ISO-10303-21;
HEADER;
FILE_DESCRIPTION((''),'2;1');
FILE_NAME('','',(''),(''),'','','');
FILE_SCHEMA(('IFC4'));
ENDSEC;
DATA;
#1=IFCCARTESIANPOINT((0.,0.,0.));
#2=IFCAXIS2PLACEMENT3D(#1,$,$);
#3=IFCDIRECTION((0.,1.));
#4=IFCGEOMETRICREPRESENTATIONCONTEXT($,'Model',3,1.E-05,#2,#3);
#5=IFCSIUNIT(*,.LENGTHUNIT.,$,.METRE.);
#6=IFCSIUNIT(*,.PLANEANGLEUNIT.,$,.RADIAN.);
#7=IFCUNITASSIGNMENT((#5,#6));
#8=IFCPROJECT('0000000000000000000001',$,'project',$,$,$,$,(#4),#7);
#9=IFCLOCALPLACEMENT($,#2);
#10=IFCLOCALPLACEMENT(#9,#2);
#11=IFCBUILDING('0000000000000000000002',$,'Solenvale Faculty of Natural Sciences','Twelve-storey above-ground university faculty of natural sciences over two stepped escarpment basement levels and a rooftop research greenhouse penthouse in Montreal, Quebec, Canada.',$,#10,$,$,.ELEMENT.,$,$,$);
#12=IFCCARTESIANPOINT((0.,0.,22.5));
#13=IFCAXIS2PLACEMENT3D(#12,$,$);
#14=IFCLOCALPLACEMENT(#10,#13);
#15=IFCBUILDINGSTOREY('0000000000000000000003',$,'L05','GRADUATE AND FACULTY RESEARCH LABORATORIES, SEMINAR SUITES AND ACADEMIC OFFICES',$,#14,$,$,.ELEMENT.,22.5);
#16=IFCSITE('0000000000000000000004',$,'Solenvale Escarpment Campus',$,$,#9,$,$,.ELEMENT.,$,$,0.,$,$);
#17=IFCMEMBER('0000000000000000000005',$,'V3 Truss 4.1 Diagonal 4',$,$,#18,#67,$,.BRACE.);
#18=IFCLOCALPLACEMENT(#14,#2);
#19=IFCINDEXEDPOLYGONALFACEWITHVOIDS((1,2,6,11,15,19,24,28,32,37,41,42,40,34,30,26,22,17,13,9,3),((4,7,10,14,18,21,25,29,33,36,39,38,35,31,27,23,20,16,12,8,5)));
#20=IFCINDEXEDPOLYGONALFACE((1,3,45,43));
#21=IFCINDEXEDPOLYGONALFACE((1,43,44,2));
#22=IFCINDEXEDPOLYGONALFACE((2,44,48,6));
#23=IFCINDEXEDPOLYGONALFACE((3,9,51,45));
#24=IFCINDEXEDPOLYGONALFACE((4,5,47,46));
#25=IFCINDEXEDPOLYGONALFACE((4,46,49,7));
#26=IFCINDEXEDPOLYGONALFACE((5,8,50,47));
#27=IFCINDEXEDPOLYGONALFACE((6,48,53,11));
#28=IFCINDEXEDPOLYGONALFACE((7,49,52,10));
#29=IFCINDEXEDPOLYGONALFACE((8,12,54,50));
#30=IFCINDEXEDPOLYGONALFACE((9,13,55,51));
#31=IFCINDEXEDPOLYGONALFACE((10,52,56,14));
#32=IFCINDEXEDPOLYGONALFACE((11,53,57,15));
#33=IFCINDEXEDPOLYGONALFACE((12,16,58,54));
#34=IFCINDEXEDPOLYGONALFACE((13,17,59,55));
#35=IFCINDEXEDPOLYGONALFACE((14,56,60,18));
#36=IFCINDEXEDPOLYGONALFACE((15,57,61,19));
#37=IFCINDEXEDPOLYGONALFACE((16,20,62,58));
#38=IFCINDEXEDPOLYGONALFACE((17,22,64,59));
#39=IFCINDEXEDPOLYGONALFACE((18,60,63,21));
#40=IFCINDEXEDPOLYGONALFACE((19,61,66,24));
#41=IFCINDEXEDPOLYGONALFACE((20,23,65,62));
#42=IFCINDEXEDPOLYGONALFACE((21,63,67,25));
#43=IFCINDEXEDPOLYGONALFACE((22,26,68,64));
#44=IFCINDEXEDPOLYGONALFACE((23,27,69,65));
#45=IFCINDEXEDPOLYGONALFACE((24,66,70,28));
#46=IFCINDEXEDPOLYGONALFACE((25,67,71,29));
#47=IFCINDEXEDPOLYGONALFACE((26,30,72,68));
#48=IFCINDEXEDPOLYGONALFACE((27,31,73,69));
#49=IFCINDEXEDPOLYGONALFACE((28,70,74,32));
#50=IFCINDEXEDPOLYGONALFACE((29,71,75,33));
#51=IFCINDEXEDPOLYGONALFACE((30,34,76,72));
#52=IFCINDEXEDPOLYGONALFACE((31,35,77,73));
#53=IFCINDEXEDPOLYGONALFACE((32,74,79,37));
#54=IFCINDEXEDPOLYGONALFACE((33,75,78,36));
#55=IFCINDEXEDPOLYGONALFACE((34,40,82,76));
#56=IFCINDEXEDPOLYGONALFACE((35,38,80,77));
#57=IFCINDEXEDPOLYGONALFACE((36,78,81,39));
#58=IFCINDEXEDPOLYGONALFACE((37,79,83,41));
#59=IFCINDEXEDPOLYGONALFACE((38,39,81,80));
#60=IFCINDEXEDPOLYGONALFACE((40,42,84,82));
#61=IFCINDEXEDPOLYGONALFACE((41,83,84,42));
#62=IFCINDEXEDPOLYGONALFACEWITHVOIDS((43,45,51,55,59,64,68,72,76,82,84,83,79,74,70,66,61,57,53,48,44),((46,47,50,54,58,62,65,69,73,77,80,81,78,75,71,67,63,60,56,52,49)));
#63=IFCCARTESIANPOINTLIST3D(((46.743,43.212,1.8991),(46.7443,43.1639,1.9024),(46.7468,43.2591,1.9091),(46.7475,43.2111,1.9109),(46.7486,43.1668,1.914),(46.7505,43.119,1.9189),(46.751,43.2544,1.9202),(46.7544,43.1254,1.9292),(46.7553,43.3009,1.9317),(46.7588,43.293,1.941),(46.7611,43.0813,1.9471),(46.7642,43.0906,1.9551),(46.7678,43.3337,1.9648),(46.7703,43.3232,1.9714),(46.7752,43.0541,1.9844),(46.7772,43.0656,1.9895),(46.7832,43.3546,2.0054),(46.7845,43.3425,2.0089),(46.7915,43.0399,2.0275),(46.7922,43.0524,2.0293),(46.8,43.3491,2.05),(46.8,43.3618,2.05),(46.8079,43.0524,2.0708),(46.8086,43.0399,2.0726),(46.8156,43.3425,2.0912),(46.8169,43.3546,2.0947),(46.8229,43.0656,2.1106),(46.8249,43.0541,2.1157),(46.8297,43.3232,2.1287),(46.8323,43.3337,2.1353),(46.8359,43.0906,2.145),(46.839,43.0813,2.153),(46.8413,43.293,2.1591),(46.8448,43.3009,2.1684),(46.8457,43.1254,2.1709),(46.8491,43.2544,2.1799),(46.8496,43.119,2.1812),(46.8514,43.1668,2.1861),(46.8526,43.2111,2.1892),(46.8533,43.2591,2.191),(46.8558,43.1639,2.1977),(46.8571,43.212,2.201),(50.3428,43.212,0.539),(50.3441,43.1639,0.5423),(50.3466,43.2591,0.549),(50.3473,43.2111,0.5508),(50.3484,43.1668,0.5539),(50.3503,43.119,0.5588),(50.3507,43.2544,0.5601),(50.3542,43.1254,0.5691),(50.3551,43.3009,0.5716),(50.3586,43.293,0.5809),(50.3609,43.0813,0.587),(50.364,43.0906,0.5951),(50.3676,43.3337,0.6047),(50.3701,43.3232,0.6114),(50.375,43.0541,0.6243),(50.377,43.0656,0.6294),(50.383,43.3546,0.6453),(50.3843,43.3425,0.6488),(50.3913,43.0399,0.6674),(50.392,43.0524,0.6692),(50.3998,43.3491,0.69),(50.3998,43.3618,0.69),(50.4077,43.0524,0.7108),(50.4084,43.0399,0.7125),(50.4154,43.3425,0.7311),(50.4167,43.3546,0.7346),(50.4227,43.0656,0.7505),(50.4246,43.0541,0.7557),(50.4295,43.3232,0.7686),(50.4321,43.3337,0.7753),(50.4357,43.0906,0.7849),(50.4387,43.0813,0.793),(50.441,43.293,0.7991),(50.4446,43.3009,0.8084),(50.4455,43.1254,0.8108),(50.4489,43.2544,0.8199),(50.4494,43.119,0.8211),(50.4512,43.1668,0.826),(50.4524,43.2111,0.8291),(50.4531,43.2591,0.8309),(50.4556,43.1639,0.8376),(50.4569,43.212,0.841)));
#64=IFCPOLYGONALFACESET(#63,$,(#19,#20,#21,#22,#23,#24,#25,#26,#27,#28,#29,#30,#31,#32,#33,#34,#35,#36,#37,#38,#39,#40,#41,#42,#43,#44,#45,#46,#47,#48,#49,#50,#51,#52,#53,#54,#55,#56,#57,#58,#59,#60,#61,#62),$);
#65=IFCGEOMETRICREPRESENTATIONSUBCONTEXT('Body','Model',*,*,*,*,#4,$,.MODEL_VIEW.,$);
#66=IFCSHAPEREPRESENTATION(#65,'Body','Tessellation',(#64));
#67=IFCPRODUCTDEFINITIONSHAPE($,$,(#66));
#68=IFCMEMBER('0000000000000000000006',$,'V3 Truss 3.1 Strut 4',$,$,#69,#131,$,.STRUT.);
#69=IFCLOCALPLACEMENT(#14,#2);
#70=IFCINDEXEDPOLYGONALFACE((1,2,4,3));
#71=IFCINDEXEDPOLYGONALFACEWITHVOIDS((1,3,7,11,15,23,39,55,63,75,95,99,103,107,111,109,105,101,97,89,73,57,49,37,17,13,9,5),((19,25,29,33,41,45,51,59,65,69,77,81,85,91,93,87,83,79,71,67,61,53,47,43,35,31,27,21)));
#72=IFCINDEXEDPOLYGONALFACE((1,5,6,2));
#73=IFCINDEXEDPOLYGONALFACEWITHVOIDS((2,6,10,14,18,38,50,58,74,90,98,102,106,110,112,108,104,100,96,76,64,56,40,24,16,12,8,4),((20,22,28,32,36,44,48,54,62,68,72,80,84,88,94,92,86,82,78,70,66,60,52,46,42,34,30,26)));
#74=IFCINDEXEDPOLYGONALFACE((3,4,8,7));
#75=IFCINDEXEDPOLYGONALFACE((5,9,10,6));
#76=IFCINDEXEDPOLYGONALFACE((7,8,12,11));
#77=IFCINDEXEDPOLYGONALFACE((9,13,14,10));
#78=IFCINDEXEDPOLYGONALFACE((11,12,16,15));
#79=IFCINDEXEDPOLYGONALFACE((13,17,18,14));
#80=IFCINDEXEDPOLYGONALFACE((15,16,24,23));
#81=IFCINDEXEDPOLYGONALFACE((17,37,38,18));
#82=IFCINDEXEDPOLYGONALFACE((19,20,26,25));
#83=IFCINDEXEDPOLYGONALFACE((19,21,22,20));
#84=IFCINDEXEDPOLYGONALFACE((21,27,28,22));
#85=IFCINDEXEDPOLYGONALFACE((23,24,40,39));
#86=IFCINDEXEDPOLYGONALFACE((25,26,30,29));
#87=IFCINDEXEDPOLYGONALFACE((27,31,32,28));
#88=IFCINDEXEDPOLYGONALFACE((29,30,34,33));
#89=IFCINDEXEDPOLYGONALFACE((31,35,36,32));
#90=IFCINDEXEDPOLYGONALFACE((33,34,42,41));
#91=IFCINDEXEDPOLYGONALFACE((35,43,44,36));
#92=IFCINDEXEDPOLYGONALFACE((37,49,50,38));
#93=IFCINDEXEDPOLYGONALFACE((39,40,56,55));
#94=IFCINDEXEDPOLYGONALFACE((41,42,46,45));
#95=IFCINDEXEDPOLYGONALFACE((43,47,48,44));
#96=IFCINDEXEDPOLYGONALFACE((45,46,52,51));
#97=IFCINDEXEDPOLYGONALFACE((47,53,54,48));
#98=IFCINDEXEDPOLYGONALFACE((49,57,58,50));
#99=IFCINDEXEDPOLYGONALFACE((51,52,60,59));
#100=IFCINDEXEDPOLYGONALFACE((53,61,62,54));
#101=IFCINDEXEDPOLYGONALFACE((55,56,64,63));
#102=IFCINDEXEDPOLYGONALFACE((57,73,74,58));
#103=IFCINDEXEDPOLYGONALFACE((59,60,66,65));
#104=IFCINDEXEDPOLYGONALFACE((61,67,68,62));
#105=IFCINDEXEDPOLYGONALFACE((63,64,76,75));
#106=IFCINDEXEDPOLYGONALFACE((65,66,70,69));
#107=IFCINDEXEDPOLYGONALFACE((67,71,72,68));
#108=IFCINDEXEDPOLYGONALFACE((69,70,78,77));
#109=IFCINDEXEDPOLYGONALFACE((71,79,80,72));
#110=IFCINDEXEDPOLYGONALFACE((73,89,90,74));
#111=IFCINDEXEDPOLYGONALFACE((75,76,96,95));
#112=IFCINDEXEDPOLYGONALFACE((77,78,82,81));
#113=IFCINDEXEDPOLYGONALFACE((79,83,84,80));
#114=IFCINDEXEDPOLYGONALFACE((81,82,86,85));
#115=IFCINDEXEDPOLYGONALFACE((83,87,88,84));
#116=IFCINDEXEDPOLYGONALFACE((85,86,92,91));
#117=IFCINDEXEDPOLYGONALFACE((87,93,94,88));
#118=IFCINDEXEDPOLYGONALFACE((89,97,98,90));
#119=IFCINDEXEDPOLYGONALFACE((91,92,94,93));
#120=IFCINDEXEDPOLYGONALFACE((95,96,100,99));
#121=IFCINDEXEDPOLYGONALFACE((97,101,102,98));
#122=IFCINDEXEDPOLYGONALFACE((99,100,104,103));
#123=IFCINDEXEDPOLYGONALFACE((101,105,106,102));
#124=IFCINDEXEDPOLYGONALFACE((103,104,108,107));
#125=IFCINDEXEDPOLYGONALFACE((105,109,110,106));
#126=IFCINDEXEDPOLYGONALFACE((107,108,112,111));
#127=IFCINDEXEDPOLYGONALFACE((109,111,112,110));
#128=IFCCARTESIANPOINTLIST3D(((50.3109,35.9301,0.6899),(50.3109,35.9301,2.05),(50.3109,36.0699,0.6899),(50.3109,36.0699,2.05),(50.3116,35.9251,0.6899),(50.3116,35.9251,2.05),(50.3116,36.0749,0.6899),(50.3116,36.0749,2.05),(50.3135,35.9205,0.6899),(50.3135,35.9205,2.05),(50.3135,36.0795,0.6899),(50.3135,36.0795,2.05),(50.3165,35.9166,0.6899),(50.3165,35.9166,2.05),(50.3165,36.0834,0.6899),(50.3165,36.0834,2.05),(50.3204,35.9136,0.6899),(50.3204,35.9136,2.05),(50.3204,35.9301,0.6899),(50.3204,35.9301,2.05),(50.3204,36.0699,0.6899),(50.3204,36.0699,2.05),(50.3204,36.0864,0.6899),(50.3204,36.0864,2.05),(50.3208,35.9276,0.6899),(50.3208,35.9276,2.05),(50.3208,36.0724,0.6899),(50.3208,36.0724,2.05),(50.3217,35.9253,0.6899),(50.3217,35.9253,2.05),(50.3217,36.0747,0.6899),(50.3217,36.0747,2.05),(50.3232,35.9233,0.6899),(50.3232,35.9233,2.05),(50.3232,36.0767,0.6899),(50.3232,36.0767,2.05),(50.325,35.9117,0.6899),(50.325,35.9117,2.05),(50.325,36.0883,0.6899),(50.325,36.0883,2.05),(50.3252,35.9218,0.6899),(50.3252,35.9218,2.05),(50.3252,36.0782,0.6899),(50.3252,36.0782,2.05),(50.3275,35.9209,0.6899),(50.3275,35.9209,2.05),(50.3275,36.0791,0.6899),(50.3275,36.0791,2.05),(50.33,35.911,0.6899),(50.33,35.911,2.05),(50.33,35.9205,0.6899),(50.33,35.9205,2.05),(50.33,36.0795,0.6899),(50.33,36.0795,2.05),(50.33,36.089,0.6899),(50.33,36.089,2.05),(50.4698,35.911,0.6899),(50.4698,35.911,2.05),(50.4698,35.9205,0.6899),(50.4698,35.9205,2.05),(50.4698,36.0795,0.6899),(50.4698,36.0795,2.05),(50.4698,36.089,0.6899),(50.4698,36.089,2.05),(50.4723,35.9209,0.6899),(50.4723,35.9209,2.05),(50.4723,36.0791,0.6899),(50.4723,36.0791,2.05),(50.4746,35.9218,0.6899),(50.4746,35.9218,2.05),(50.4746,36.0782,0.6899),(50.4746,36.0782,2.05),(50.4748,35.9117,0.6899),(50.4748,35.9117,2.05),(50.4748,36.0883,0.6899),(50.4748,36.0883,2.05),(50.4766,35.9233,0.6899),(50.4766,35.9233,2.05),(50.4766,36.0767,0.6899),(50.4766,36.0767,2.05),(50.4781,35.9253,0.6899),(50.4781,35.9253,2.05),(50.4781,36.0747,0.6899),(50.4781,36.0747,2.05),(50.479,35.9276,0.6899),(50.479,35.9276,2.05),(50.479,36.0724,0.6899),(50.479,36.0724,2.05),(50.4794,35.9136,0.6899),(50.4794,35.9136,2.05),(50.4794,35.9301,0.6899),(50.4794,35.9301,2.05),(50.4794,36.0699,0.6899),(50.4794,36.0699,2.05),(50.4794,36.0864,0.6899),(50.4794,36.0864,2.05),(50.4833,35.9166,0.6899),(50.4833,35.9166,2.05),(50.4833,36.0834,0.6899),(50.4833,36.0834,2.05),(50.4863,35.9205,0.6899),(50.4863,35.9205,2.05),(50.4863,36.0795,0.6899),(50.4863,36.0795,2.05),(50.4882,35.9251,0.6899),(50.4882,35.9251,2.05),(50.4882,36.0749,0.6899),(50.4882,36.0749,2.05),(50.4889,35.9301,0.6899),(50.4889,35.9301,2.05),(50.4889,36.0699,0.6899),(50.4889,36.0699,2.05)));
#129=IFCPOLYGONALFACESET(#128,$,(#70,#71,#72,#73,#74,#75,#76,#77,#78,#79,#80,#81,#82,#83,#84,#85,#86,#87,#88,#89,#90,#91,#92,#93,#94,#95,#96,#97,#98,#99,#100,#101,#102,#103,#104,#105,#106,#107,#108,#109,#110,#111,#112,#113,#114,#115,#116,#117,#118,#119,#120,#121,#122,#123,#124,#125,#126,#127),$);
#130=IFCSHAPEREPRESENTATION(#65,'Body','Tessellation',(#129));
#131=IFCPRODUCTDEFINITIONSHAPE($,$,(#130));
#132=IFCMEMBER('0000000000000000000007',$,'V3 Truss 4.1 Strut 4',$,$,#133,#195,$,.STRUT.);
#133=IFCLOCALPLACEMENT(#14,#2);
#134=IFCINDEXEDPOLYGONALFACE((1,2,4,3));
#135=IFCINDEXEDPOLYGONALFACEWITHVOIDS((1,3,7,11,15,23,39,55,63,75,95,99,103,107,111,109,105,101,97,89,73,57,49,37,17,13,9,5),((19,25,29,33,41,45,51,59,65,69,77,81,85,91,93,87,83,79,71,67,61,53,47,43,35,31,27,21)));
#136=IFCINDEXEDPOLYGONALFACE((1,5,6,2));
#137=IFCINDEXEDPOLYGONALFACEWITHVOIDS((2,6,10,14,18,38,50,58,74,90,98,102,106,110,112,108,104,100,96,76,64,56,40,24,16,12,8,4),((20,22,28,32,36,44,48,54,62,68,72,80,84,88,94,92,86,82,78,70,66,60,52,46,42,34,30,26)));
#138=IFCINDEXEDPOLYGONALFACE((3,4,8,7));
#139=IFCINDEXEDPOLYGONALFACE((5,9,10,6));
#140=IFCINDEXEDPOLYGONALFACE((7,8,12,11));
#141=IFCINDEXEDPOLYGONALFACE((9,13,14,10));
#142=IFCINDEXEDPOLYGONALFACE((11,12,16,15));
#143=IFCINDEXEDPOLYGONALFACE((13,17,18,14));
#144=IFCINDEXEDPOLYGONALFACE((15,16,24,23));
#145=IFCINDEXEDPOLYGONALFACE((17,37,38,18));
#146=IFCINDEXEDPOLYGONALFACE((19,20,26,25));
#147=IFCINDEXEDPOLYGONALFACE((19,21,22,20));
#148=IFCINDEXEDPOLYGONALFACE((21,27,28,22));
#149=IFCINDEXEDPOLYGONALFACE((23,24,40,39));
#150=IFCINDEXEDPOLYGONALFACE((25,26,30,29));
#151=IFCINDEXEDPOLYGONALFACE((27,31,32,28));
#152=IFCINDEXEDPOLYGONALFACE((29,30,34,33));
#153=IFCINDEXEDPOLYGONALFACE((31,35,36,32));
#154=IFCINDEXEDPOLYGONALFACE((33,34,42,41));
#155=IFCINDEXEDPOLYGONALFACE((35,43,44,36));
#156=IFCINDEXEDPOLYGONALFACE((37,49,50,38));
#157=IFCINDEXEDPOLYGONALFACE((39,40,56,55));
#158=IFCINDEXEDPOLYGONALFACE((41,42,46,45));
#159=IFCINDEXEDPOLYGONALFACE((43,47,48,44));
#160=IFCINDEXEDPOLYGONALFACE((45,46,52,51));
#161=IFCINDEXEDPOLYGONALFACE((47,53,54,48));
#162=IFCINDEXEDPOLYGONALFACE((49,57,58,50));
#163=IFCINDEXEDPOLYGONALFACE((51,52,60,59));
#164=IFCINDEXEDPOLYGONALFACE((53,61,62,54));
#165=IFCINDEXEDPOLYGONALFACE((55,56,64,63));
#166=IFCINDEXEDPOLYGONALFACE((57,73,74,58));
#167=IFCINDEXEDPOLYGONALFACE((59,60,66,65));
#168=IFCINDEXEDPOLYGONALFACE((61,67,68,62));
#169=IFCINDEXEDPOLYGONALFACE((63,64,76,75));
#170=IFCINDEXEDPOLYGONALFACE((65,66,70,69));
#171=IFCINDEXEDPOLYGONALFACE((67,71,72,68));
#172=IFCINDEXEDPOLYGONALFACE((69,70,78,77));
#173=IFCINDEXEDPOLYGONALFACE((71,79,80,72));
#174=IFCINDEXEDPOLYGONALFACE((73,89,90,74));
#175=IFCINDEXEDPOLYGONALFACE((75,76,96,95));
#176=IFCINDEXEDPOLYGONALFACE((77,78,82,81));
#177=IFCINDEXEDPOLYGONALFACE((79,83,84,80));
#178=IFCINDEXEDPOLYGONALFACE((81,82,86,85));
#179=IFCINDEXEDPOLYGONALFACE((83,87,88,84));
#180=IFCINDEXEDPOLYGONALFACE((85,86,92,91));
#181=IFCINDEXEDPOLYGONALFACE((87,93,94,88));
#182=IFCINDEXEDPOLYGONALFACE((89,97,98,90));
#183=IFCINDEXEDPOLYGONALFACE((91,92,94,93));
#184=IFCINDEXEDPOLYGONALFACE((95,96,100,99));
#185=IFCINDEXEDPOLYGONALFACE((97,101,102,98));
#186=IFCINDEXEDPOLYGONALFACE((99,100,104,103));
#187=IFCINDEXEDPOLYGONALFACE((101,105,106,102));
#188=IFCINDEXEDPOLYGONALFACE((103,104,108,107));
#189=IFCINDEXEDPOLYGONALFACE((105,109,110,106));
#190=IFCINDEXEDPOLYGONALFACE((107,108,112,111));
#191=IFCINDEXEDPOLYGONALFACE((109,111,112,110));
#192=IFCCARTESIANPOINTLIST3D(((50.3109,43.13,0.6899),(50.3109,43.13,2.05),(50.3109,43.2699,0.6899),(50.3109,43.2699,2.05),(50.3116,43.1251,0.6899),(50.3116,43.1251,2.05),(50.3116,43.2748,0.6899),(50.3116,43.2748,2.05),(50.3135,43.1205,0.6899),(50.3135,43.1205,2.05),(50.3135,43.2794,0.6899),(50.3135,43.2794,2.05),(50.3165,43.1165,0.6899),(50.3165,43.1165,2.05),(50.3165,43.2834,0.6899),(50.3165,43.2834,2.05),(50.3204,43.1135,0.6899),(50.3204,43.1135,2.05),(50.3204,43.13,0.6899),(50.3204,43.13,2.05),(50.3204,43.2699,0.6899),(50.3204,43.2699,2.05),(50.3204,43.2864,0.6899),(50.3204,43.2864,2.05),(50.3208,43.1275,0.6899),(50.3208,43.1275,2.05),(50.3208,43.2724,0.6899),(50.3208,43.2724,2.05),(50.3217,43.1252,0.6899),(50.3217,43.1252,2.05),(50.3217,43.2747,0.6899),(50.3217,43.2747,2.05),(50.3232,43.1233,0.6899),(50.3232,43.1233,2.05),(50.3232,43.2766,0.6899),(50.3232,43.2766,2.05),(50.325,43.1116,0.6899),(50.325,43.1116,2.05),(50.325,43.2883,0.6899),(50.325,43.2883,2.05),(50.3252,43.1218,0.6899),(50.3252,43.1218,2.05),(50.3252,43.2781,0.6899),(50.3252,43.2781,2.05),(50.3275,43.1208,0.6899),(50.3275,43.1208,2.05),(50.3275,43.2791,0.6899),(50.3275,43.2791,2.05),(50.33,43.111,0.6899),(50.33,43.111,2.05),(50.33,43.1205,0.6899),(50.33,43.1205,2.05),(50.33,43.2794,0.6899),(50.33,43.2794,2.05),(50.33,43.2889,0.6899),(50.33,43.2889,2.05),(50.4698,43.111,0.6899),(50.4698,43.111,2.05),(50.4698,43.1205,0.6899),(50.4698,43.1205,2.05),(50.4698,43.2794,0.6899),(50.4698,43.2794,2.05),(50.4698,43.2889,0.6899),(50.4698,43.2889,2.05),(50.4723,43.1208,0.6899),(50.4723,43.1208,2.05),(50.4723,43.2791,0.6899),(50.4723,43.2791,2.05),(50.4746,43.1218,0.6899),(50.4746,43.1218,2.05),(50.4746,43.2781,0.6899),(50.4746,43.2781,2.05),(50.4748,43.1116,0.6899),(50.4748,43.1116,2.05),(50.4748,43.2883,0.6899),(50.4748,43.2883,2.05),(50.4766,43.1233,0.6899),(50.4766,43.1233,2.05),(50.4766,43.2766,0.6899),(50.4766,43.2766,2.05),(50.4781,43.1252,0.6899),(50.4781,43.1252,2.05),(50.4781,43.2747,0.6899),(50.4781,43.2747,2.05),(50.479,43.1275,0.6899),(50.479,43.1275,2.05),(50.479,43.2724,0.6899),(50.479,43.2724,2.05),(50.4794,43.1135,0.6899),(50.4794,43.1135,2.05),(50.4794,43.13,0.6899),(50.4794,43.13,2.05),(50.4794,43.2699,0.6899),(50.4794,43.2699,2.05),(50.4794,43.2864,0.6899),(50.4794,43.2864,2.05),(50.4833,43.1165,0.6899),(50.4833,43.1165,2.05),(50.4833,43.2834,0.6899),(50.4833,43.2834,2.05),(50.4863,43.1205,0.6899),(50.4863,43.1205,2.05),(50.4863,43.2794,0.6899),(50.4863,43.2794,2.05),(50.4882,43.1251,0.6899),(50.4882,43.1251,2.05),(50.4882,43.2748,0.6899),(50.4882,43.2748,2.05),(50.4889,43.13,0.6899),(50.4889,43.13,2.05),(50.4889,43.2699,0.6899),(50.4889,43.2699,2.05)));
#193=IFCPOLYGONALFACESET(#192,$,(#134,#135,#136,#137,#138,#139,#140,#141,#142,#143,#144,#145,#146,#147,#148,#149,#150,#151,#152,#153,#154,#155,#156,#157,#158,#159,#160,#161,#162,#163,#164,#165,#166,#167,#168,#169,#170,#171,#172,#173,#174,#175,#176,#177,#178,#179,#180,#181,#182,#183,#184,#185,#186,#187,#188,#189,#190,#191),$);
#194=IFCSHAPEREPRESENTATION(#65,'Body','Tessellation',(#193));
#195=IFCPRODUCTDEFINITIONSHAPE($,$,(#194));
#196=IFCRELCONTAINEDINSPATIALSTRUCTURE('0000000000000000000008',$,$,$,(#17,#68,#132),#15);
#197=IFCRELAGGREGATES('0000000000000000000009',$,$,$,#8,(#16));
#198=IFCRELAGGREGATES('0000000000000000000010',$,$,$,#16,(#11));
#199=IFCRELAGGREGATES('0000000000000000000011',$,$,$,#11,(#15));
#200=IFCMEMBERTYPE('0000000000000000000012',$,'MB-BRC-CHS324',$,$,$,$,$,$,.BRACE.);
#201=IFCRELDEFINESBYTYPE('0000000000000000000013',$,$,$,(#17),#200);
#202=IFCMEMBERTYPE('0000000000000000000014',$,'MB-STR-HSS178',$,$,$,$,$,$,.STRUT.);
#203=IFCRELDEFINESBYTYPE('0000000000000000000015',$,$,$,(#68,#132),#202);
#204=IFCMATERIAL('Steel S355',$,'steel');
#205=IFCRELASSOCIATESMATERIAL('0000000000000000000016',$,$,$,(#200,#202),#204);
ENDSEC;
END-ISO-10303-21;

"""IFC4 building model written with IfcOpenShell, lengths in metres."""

from ifc_helpers import new_model, si_unit, direction, frame, origin, origin_2d, place, context, subcontext, project, spatial, hollow_rectangle, hollow_circle, extrude, material, material_profile, profile_set, type_object, element, save


model = new_model("IFC4")

# Units and contexts
model_context = context("Model", 3, precision=1e-05, world=origin(), true_north=direction((0.0, 1.0)))
body_context = subcontext(model_context, "Body", "Model", "MODEL_VIEW")
ifc_project = project(units=[si_unit("LENGTHUNIT", "METRE"), si_unit("PLANEANGLEUNIT", "RADIAN")], contexts=[model_context])

# Site, building, storey
site_placement = place(None, origin())
site = spatial("IfcSite", under=ifc_project, at=site_placement, Name="Solenvale Escarpment Campus", CompositionType="ELEMENT", RefElevation=0.0)
building_placement = place(site_placement, origin())
building = spatial("IfcBuilding", under=site, at=building_placement, Name="Solenvale Faculty of Natural Sciences", Description="Twelve-storey above-ground university faculty of natural sciences over two stepped escarpment basement levels and a rooftop research greenhouse penthouse in Montreal, Quebec, Canada.", CompositionType="ELEMENT")
storey_placement = place(building_placement, frame((0.0, 0.0, 22.5)))
storey = spatial("IfcBuildingStorey", under=building, at=storey_placement, Name="L05", Description="GRADUATE AND FACULTY RESEARCH LABORATORIES, SEMINAR SUITES AND ACADEMIC OFFICES", CompositionType="ELEMENT", Elevation=22.5)

# Members
ifc_material_1 = material(Name="Steel S355", Category="steel")
ifc_material_profile_1 = material_profile(ifc_material_1, hollow_circle(Radius=0.1619, WallThickness=0.0127, at=origin_2d()), Name="HSS324x13")
ifc_profile_set_1 = profile_set([ifc_material_profile_1], Name="Steel S355")
member_type_1 = type_object("IfcMemberType", Name="MB-BRC-CHS324", PredefinedType="BRACE", material=ifc_profile_set_1)
member_1_placement = place(storey_placement, frame((46.8, 43.2, 2.05), z_axis=(0.935458, 0.0, -0.353438), x_axis=(0.0, 1.0, 0.0)))
element("IfcMember", 1, at=member_1_placement, inside=storey, type_object=member_type_1, Name="V3 Truss 4.1 Diagonal 4", PredefinedType="BRACE", context=body_context, shape_type="SweptSolid", body=[
    extrude(hollow_circle(Radius=0.1619, WallThickness=0.0127, at=origin_2d()), origin(), (0.0, 0.0, 1.0), 3.8481),
])
ifc_material_profile_2 = material_profile(ifc_material_1, hollow_rectangle(XDim=0.178, YDim=0.178, WallThickness=0.0095, InnerFilletRadius=0.0095, OuterFilletRadius=0.019, at=origin_2d()), Name="HSS178x178x9.5")
ifc_profile_set_2 = profile_set([ifc_material_profile_2], Name="Steel S355")
member_type_2 = type_object("IfcMemberType", Name="MB-STR-HSS178", PredefinedType="STRUT", material=ifc_profile_set_2)
for number, where, z_axis, x_axis, name in (
    (2, (50.3999, 36.0, 0.6899), (0.0, 0.0, 1.0), (1.0, 0.0, 0.0), "V3 Truss 3.1 Strut 4"),
    (3, (50.3999, 43.2, 0.6899), (0.0, 0.0, 1.0), (1.0, 0.0, 0.0), "V3 Truss 4.1 Strut 4"),
):
    element("IfcMember", number, at=place(storey_placement, frame(where, z_axis=z_axis, x_axis=x_axis)), inside=storey, type_object=member_type_2, Name=name, PredefinedType="STRUT", context=body_context, shape_type="SweptSolid", body=[
        extrude(hollow_rectangle(XDim=0.178, YDim=0.178, WallThickness=0.0095, InnerFilletRadius=0.0095, OuterFilletRadius=0.019, at=origin_2d()), origin(), (0.0, 0.0, 1.0), 1.3601),
    ])

save(model, "model.ifc")
